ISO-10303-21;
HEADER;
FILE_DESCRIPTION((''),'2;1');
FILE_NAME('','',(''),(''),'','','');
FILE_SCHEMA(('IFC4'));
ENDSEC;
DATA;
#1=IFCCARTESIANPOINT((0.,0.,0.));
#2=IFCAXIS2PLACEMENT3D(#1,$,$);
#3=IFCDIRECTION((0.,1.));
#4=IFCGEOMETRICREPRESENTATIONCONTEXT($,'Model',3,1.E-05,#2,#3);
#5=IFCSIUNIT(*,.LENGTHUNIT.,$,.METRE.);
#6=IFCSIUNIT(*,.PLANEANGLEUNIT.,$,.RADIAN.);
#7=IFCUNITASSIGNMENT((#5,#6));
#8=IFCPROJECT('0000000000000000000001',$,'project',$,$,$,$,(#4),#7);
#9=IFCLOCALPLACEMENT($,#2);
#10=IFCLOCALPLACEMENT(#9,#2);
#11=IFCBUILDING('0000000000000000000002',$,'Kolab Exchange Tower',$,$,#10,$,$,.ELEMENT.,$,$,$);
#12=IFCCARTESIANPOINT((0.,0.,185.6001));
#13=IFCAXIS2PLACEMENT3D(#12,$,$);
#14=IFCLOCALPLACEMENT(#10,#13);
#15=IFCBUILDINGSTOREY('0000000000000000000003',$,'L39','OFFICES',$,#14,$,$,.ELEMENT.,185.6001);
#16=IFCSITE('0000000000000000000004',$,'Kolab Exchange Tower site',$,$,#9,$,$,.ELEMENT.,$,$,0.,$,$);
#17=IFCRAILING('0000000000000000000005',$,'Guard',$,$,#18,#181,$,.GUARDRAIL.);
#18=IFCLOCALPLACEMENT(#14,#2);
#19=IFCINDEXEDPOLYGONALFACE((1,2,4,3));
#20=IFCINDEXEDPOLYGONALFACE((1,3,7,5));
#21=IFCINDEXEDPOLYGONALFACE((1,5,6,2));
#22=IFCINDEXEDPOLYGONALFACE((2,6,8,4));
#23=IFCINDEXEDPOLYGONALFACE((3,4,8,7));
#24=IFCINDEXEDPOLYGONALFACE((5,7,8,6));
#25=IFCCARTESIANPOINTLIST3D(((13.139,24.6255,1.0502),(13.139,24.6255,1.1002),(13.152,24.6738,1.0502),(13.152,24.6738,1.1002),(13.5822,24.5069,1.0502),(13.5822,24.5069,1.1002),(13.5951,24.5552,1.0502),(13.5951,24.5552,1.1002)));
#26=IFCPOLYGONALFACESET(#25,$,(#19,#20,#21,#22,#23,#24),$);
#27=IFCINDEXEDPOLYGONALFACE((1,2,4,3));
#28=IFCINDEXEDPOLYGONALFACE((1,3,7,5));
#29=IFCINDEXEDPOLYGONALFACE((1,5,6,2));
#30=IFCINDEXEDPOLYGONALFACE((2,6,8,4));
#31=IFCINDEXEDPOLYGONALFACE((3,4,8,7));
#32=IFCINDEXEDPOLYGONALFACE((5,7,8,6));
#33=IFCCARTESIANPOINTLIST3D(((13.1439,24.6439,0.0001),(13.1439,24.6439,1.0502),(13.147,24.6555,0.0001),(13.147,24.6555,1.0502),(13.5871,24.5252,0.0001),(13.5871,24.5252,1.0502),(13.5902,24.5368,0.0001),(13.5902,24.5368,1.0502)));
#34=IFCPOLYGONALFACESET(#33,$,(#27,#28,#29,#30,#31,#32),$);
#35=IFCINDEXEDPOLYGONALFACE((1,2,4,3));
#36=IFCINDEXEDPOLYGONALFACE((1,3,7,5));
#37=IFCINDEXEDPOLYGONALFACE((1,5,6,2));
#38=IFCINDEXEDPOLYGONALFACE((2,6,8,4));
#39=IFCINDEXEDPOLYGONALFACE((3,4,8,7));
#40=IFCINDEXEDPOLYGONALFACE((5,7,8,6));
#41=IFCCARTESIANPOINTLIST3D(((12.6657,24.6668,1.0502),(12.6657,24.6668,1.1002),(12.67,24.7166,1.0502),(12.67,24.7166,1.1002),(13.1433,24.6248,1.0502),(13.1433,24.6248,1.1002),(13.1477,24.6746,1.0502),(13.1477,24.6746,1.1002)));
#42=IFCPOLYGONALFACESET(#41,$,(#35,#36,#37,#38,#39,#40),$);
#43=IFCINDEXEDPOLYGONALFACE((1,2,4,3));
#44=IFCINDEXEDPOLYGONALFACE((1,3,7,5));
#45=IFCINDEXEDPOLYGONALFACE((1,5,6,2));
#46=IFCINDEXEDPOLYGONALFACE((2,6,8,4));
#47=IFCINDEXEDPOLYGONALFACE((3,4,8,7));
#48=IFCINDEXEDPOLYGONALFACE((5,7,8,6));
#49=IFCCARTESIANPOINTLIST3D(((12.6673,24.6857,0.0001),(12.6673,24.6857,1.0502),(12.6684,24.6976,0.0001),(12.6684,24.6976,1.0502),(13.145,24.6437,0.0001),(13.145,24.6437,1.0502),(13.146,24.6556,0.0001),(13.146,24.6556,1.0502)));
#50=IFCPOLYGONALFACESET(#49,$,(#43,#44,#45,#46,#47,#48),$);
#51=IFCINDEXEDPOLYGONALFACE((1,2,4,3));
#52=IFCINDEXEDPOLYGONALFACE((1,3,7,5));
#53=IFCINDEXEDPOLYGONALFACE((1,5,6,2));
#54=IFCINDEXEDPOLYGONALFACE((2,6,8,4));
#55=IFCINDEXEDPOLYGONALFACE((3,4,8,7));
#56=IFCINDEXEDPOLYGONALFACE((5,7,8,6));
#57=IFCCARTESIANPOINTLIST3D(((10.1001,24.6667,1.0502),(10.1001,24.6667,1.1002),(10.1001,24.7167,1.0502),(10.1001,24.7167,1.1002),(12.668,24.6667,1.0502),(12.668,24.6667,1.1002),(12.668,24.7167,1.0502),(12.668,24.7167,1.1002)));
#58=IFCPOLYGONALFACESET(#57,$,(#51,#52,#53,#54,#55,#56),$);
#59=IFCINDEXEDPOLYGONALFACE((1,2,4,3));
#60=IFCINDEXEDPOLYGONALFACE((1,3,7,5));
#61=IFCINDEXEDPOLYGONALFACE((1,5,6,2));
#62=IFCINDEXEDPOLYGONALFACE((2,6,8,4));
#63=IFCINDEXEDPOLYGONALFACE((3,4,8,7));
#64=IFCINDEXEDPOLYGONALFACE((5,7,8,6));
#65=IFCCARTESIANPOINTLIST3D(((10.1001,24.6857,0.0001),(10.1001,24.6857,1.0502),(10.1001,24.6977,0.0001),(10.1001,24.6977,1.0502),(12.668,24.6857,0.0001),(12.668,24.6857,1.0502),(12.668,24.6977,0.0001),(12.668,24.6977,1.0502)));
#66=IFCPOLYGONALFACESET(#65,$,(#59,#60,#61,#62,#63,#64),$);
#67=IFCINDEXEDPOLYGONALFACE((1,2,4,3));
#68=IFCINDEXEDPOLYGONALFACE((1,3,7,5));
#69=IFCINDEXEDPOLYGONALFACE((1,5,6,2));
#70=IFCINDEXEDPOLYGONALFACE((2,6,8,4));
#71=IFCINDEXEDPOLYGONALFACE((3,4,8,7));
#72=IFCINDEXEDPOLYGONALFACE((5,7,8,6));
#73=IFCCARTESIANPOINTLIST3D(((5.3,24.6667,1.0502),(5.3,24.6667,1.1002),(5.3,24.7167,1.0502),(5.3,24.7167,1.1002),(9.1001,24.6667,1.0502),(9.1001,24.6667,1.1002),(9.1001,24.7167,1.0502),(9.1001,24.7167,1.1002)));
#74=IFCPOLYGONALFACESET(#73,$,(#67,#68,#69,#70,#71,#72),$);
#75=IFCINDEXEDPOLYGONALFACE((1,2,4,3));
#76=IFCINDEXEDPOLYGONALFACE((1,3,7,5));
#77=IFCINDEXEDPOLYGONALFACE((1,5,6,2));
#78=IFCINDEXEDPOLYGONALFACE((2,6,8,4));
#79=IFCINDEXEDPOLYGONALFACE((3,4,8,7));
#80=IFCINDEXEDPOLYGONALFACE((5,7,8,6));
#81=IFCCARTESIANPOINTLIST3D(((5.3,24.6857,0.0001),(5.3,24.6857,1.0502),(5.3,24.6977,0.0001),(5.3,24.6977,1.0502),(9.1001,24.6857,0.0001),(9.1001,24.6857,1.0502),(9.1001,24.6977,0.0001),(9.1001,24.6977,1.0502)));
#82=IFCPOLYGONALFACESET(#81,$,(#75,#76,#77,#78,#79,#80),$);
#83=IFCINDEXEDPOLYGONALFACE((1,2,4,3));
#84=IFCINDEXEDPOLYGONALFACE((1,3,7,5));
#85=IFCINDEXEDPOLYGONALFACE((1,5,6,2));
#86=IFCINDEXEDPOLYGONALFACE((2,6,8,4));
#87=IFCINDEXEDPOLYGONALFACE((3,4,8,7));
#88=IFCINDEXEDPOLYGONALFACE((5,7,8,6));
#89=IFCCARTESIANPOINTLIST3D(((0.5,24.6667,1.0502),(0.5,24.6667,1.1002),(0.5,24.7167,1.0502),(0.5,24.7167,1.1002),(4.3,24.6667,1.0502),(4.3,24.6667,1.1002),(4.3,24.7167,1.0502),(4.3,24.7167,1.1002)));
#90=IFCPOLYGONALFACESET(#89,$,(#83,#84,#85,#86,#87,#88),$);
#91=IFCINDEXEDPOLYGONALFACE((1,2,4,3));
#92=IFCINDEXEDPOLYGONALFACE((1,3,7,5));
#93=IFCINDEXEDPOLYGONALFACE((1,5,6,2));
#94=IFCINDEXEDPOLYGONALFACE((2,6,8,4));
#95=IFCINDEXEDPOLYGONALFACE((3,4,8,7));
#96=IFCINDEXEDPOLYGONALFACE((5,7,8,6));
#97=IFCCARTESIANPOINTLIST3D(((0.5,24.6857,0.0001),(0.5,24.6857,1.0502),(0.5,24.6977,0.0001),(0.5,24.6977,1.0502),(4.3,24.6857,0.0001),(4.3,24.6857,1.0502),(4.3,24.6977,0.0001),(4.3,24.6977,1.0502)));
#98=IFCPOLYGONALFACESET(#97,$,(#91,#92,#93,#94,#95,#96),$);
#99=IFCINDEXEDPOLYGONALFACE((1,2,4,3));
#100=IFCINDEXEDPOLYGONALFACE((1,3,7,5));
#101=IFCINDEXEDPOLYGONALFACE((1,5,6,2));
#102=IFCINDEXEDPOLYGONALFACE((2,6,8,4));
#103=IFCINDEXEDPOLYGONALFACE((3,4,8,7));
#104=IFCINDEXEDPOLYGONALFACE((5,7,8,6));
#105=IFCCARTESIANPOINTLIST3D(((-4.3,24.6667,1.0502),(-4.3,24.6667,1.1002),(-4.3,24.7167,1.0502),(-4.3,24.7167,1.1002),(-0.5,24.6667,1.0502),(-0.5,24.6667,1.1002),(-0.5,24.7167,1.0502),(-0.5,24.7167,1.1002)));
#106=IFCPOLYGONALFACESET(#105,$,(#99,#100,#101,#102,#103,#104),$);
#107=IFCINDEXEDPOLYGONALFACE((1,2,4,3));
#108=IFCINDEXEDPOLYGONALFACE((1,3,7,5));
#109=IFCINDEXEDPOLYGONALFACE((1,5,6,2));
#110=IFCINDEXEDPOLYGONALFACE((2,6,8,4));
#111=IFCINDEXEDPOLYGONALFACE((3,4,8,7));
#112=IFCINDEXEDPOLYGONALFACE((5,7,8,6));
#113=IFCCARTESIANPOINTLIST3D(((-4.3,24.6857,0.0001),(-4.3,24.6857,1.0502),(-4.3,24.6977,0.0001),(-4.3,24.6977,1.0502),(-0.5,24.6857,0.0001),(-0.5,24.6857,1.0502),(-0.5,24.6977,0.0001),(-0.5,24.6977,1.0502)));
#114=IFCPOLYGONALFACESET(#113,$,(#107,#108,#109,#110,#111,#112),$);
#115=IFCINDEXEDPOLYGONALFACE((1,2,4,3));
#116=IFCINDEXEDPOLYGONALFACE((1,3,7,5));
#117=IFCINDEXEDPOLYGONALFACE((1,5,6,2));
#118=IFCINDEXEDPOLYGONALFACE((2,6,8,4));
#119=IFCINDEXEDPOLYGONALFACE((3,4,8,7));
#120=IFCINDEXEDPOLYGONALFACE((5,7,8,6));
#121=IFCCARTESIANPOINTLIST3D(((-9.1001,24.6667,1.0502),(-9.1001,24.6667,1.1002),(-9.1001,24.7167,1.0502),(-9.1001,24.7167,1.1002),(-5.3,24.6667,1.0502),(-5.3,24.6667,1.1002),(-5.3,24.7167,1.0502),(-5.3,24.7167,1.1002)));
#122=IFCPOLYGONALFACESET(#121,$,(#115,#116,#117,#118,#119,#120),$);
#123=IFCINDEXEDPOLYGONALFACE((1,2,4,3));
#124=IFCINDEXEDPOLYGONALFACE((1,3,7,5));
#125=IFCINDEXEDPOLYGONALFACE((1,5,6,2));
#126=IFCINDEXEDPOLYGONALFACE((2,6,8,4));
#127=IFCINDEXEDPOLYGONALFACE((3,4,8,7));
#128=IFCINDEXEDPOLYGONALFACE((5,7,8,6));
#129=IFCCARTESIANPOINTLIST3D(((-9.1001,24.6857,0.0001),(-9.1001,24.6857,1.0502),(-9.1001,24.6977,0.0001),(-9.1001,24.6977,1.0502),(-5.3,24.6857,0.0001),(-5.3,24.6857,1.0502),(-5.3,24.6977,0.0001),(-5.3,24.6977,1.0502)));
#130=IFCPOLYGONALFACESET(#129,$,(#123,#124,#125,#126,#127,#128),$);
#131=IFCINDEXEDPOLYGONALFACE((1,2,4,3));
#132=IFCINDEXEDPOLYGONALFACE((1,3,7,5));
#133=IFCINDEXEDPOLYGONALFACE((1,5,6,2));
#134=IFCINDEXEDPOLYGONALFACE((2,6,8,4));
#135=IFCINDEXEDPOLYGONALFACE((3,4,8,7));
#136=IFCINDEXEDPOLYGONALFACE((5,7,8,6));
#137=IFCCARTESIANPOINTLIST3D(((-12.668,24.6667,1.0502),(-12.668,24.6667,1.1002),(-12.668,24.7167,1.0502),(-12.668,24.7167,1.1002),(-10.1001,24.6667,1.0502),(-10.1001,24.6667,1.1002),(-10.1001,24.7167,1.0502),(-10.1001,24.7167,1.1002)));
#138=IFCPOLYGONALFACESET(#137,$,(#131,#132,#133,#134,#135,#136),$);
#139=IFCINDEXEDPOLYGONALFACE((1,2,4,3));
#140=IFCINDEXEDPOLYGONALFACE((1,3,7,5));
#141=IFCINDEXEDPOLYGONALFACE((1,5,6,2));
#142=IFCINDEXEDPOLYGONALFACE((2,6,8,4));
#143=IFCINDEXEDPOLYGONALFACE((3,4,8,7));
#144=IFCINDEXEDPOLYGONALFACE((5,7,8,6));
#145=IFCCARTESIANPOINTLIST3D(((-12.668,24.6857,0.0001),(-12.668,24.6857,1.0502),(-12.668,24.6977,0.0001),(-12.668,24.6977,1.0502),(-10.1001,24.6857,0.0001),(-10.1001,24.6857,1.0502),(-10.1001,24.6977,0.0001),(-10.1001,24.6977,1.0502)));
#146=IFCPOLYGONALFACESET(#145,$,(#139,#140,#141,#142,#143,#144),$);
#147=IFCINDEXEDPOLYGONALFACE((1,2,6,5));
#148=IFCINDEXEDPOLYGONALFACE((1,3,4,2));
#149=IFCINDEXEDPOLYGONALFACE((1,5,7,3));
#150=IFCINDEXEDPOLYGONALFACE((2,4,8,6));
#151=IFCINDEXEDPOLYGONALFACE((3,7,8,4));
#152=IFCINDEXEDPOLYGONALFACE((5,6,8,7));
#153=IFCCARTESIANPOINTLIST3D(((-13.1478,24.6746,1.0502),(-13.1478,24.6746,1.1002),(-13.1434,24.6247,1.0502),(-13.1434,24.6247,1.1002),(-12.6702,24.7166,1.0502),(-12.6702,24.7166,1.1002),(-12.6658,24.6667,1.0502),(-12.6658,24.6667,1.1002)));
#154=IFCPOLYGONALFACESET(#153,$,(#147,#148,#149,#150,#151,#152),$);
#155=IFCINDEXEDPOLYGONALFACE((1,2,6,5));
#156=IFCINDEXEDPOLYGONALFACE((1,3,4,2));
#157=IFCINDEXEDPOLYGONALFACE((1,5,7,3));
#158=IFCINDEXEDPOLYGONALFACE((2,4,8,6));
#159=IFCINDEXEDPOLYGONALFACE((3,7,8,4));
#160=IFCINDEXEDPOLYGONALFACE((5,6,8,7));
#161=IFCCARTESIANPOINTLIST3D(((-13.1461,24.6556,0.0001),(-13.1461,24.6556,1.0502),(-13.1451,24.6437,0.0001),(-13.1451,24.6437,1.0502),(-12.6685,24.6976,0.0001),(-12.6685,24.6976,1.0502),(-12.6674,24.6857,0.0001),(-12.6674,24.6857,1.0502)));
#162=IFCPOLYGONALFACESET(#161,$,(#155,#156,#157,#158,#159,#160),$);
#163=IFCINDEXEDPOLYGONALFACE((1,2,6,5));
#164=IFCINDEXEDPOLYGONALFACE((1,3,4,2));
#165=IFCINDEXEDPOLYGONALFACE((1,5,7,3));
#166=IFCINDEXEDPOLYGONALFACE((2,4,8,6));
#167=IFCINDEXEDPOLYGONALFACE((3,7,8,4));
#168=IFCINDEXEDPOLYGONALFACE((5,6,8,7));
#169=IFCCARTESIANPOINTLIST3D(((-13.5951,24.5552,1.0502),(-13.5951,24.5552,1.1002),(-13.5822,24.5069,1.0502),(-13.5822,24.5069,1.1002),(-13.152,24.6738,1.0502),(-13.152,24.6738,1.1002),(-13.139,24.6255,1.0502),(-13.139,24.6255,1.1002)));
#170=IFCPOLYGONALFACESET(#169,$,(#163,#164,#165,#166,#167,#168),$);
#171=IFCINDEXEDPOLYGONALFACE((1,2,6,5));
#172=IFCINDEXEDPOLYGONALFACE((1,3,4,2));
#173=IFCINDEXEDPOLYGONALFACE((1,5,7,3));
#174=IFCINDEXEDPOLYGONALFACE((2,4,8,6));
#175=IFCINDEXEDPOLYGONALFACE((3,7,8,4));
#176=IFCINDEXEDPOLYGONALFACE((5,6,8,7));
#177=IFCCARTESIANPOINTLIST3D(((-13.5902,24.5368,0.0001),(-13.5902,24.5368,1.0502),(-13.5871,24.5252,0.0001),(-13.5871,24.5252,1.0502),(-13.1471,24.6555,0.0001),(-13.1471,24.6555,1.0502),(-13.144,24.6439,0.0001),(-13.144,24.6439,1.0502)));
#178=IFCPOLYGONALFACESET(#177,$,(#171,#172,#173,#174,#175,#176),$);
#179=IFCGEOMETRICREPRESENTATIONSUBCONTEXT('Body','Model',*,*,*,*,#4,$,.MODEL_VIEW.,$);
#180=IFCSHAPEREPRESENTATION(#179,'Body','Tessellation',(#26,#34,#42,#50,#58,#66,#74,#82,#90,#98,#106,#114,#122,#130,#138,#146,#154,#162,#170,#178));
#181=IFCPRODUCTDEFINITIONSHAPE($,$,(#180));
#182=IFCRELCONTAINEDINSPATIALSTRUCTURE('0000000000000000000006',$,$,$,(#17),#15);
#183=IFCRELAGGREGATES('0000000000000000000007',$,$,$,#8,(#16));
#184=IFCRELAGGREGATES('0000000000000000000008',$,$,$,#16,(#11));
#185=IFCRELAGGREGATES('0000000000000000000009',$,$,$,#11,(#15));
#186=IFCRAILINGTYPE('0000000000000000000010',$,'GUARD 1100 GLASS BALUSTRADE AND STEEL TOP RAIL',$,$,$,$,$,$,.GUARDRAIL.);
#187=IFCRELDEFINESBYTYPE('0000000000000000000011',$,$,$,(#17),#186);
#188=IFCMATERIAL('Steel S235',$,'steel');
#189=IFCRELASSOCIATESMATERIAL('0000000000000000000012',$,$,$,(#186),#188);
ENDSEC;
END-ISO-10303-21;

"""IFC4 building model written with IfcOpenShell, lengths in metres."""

from ifc_helpers import new_model, si_unit, direction, frame, frame_2d, origin, origin_2d, place, context, subcontext, project, spatial, rectangle, extrude, material, type_object, element, save


model = new_model("IFC4")

# Units and contexts
model_context = context("Model", 3, precision=1e-05, world=origin(), true_north=direction((0.0, 1.0)))
body_context = subcontext(model_context, "Body", "Model", "MODEL_VIEW")
ifc_project = project(units=[si_unit("LENGTHUNIT", "METRE"), si_unit("PLANEANGLEUNIT", "RADIAN")], contexts=[model_context])

# Site, building, storey
site_placement = place(None, origin())
site = spatial("IfcSite", under=ifc_project, at=site_placement, Name="Kolab Exchange Tower site", CompositionType="ELEMENT", RefElevation=0.0)
building_placement = place(site_placement, origin())
building = spatial("IfcBuilding", under=site, at=building_placement, Name="Kolab Exchange Tower", CompositionType="ELEMENT")
storey_placement = place(building_placement, frame((0.0, 0.0, 185.6001)))
storey = spatial("IfcBuildingStorey", under=building, at=storey_placement, Name="L39", Description="OFFICES", CompositionType="ELEMENT", Elevation=185.6001)

# Railing
ifc_material_1 = material(Name="Steel S235", Category="steel")
railing_type = type_object("IfcRailingType", Name="GUARD 1100 GLASS BALUSTRADE AND STEEL TOP RAIL", PredefinedType="GUARDRAIL", material=ifc_material_1)
railing_placement = place(storey_placement, frame((13.5886, 24.531, 0.0)))
element("IfcRailing", 1, at=railing_placement, inside=storey, type_object=railing_type, Name="Guard", PredefinedType="GUARDRAIL", context=body_context, shape_type="SweptSolid", body=[
    extrude(rectangle(XDim=0.05, YDim=0.05, at=origin_2d()), frame((0.0, 0.0, 1.0752), z_axis=(-0.965969, 0.258656, 0.0), x_axis=(-0.258656, -0.965969, 0.0)), (0.0, 0.0, 1.0), 0.4587),
    extrude(rectangle(XDim=0.012, YDim=1.0501, at=frame_2d((0.0, 0.5251))), frame((0.0, 0.0, 0.0), z_axis=(-0.965969, 0.258656, 0.0), x_axis=(-0.258656, -0.965969, 0.0)), (0.0, 0.0, 1.0), 0.4587),
    extrude(rectangle(XDim=0.05, YDim=0.05, at=origin_2d()), frame((-0.4431, 0.1187, 1.0752), z_axis=(-0.996156, 0.087597, 0.0), x_axis=(-0.087597, -0.996156, 0.0)), (0.0, 0.0, 1.0), 0.4795),
    extrude(rectangle(XDim=0.012, YDim=1.0501, at=frame_2d((0.0, 0.5251))), frame((-0.4431, 0.1187, 0.0), z_axis=(-0.996156, 0.087597, 0.0), x_axis=(-0.087597, -0.996156, 0.0)), (0.0, 0.0, 1.0), 0.4795),
    extrude(rectangle(XDim=0.05, YDim=0.05, at=origin_2d()), frame((-0.9207, 0.1606, 1.0752), z_axis=(-1.0, 0.0, 0.0), x_axis=(0.0, -1.0, 0.0)), (0.0, 0.0, 1.0), 2.5679),
    extrude(rectangle(XDim=0.012, YDim=1.0501, at=frame_2d((0.0, 0.5251))), frame((-0.9207, 0.1606, 0.0), z_axis=(-1.0, 0.0, 0.0), x_axis=(0.0, -1.0, 0.0)), (0.0, 0.0, 1.0), 2.5679),
    extrude(rectangle(XDim=0.05, YDim=0.05, at=origin_2d()), frame((-4.4885, 0.1606, 1.0752), z_axis=(-1.0, 0.0, 0.0), x_axis=(0.0, -1.0, 0.0)), (0.0, 0.0, 1.0), 3.8),
    extrude(rectangle(XDim=0.012, YDim=1.0501, at=frame_2d((0.0, 0.5251))), frame((-4.4885, 0.1606, 0.0), z_axis=(-1.0, 0.0, 0.0), x_axis=(0.0, -1.0, 0.0)), (0.0, 0.0, 1.0), 3.8),
    extrude(rectangle(XDim=0.05, YDim=0.05, at=origin_2d()), frame((-9.2886, 0.1606, 1.0752), z_axis=(-1.0, 0.0, 0.0), x_axis=(0.0, -1.0, 0.0)), (0.0, 0.0, 1.0), 3.8),
    extrude(rectangle(XDim=0.012, YDim=1.0501, at=frame_2d((0.0, 0.5251))), frame((-9.2886, 0.1606, 0.0), z_axis=(-1.0, 0.0, 0.0), x_axis=(0.0, -1.0, 0.0)), (0.0, 0.0, 1.0), 3.8),
    extrude(rectangle(XDim=0.05, YDim=0.05, at=origin_2d()), frame((-14.0886, 0.1606, 1.0752), z_axis=(-1.0, 0.0, 0.0), x_axis=(0.0, -1.0, 0.0)), (0.0, 0.0, 1.0), 3.8),
    extrude(rectangle(XDim=0.012, YDim=1.0501, at=frame_2d((0.0, 0.5251))), frame((-14.0886, 0.1606, 0.0), z_axis=(-1.0, 0.0, 0.0), x_axis=(0.0, -1.0, 0.0)), (0.0, 0.0, 1.0), 3.8),
    extrude(rectangle(XDim=0.05, YDim=0.05, at=origin_2d()), frame((-18.8887, 0.1606, 1.0752), z_axis=(-1.0, 0.0, 0.0), x_axis=(0.0, -1.0, 0.0)), (0.0, 0.0, 1.0), 3.8),
    extrude(rectangle(XDim=0.012, YDim=1.0501, at=frame_2d((0.0, 0.5251))), frame((-18.8887, 0.1606, 0.0), z_axis=(-1.0, 0.0, 0.0), x_axis=(0.0, -1.0, 0.0)), (0.0, 0.0, 1.0), 3.8),
    extrude(rectangle(XDim=0.05, YDim=0.05, at=origin_2d()), frame((-23.6887, 0.1606, 1.0752), z_axis=(-1.0, 0.0, 0.0), x_axis=(0.0, -1.0, 0.0)), (0.0, 0.0, 1.0), 2.5679),
    extrude(rectangle(XDim=0.012, YDim=1.0501, at=frame_2d((0.0, 0.5251))), frame((-23.6887, 0.1606, 0.0), z_axis=(-1.0, 0.0, 0.0), x_axis=(0.0, -1.0, 0.0)), (0.0, 0.0, 1.0), 2.5679),
    extrude(rectangle(XDim=0.05, YDim=0.05, at=origin_2d()), frame((-26.2566, 0.1606, 1.0752), z_axis=(-0.996156, -0.087597, 0.0), x_axis=(0.087597, -0.996156, 0.0)), (0.0, 0.0, 1.0), 0.4795),
    extrude(rectangle(XDim=0.012, YDim=1.0501, at=frame_2d((0.0, 0.5251))), frame((-26.2566, 0.1606, 0.0), z_axis=(-0.996156, -0.087597, 0.0), x_axis=(0.087597, -0.996156, 0.0)), (0.0, 0.0, 1.0), 0.4795),
    extrude(rectangle(XDim=0.05, YDim=0.05, at=origin_2d()), frame((-26.7341, 0.1187, 1.0752), z_axis=(-0.965969, -0.258656, 0.0), x_axis=(0.258656, -0.965969, 0.0)), (0.0, 0.0, 1.0), 0.4587),
    extrude(rectangle(XDim=0.012, YDim=1.0501, at=frame_2d((0.0, 0.5251))), frame((-26.7341, 0.1187, 0.0), z_axis=(-0.965969, -0.258656, 0.0), x_axis=(0.258656, -0.965969, 0.0)), (0.0, 0.0, 1.0), 0.4587),
])

save(model, "model.ifc")
